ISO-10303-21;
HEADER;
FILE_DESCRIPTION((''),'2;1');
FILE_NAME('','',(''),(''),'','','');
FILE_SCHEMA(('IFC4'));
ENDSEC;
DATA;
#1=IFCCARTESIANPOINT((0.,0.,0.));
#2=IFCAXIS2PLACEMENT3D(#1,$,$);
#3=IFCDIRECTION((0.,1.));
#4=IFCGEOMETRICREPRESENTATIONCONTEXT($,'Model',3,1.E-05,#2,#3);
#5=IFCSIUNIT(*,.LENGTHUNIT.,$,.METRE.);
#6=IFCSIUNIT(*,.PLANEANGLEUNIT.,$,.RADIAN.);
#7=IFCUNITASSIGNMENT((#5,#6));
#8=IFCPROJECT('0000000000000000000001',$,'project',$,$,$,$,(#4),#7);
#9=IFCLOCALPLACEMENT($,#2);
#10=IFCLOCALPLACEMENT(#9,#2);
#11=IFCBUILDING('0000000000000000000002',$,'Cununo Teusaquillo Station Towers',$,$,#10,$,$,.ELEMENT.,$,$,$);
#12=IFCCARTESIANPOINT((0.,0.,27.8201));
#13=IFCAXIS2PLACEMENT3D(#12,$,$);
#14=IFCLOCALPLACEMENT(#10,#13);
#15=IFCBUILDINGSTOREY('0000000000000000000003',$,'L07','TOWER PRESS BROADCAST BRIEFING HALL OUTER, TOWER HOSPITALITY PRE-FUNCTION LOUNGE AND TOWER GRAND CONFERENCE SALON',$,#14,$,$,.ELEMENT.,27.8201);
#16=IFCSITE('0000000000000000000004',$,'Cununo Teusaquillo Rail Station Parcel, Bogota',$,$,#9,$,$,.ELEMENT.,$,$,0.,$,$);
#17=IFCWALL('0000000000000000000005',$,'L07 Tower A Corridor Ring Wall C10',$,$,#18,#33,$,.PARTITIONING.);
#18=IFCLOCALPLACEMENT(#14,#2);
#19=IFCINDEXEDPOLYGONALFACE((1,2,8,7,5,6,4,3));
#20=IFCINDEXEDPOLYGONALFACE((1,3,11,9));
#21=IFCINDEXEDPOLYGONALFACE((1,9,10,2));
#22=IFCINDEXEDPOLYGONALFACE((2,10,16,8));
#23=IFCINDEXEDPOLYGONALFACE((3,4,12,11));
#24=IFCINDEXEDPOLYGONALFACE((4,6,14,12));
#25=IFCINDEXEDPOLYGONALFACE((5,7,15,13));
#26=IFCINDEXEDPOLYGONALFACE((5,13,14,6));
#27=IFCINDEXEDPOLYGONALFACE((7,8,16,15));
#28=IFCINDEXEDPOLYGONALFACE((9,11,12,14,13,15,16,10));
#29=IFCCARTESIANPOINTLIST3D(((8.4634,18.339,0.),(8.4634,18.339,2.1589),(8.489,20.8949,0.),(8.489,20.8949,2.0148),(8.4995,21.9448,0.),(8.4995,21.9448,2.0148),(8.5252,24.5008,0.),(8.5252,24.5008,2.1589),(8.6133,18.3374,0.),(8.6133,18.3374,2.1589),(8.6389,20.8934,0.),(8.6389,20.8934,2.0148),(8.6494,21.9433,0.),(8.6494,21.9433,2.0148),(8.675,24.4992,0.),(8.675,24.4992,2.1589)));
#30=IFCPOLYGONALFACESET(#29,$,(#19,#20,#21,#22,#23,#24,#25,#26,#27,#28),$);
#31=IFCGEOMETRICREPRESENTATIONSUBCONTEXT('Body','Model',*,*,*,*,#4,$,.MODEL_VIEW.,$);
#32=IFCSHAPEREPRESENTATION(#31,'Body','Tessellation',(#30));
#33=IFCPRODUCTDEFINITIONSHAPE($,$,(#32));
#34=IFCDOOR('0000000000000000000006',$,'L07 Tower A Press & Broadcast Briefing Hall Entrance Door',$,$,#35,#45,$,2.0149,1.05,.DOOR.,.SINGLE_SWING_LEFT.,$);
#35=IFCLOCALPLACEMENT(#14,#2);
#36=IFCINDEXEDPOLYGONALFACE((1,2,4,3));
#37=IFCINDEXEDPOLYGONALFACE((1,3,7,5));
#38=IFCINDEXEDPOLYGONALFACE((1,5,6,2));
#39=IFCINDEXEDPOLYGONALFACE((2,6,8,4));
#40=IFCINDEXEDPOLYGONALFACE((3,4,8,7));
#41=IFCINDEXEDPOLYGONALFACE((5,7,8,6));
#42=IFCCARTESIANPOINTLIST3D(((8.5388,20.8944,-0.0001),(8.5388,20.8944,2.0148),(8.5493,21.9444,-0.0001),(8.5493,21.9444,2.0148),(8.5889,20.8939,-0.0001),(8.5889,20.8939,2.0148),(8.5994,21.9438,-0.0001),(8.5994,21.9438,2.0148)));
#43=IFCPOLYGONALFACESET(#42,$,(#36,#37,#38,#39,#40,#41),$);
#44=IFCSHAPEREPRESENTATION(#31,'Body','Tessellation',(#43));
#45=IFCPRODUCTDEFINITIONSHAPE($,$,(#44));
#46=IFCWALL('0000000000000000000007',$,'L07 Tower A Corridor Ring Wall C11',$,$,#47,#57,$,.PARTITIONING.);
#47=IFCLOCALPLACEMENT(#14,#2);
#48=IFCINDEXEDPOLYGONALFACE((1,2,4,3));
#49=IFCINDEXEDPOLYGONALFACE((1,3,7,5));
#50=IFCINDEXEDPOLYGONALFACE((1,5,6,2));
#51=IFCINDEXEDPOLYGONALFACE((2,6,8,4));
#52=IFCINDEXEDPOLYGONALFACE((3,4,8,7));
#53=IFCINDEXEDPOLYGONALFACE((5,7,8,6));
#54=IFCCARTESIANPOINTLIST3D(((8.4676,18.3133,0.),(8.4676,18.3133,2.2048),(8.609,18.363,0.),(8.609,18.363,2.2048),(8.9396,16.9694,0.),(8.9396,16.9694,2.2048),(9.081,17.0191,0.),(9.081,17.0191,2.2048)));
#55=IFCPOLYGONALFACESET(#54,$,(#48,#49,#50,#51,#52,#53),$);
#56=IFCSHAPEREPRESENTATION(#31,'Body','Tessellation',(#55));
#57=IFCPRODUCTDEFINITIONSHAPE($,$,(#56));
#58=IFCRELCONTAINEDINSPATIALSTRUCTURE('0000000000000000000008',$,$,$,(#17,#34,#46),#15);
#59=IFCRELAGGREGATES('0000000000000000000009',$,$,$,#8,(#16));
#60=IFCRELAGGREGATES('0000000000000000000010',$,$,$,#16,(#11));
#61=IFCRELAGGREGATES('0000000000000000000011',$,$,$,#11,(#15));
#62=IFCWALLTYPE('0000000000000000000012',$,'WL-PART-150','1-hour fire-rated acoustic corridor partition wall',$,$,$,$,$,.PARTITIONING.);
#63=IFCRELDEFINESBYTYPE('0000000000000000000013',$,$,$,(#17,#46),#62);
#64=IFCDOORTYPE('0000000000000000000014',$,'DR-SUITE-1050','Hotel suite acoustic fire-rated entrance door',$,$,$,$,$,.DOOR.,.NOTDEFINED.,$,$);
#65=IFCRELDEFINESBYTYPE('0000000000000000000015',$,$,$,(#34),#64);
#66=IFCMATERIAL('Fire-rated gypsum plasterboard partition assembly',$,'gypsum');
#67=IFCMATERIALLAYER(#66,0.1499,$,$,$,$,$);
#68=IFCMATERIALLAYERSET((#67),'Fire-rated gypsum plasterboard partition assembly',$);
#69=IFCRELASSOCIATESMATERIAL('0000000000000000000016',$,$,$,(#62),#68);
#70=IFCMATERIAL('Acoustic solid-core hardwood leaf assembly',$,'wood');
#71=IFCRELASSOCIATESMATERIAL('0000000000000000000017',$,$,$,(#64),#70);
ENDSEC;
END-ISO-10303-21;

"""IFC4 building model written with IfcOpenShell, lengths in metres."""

from ifc_helpers import new_model, si_unit, direction, frame, frame_2d, origin, place, context, subcontext, project, spatial, rectangle, extrude, source, transform, mapped, material, layer, layer_set, type_object, element, fill, save


model = new_model("IFC4")

# Units and contexts
model_context = context("Model", 3, precision=1e-05, world=origin(), true_north=direction((0.0, 1.0)))
body_context = subcontext(model_context, "Body", "Model", "MODEL_VIEW")
ifc_project = project(units=[si_unit("LENGTHUNIT", "METRE"), si_unit("PLANEANGLEUNIT", "RADIAN")], contexts=[model_context])

# Site, building, storey
site_placement = place(None, origin())
site = spatial("IfcSite", under=ifc_project, at=site_placement, Name="Cununo Teusaquillo Rail Station Parcel, Bogota", CompositionType="ELEMENT", RefElevation=0.0)
building_placement = place(site_placement, origin())
building = spatial("IfcBuilding", under=site, at=building_placement, Name="Cununo Teusaquillo Station Towers", CompositionType="ELEMENT")
storey_placement = place(building_placement, frame((0.0, 0.0, 27.8201)))
storey = spatial("IfcBuildingStorey", under=building, at=storey_placement, Name="L07", Description="TOWER PRESS BROADCAST BRIEFING HALL OUTER, TOWER HOSPITALITY PRE-FUNCTION LOUNGE AND TOWER GRAND CONFERENCE SALON", CompositionType="ELEMENT", Elevation=27.8201)

# Wall, opening, door
ifc_material_1 = material(Name="Fire-rated gypsum plasterboard partition assembly", Category="gypsum")
ifc_layer_1 = layer(ifc_material_1, 0.1499)
ifc_layer_set_1 = layer_set([ifc_layer_1], Name="Fire-rated gypsum plasterboard partition assembly")
wall_type_1 = type_object("IfcWallType", Name="WL-PART-150", Description="1-hour fire-rated acoustic corridor partition wall", PredefinedType="PARTITIONING", material=ifc_layer_set_1)
wall_1_placement = place(storey_placement, frame((8.6001, 24.5, 0.0), z_axis=(0.0, 0.0, 1.0), x_axis=(-0.010024, -0.99995, 0.0)))
wall_1 = element("IfcWall", 1, at=wall_1_placement, inside=storey, type_object=wall_type_1, Name="L07 Tower A Corridor Ring Wall C10", PredefinedType="PARTITIONING", context=body_context, shape_type="SweptSolid", body=[
    extrude(rectangle(XDim=6.1621, YDim=0.1499, at=frame_2d((3.0811, 0.0))), origin(), (0.0, 0.0, 1.0), 2.1589),
])
shared_shape_1 = source(origin(), body_context, "Body", "SweptSolid", [
    extrude(rectangle(XDim=1.05, YDim=2.0149, at=frame_2d((0.5249, 1.0073))), frame((0.0, 0.085, 0.0), z_axis=(0.0, -1.0, 0.0), x_axis=(1.0, 0.0, 0.0)), (0.0, 0.0, 1.0), 0.1699),
])
opening_1_placement = place(wall_1_placement, frame((2.5562, 0.0, 0.0)))
opening_1 = element("IfcOpeningElement", 2, at=opening_1_placement, cuts=wall_1, PredefinedType="OPENING", context=body_context, shape_type="MappedRepresentation", body=[
    mapped(shared_shape_1, transform((0.0, 0.0, 0.0), x_axis=(1.0, 0.0, 0.0), y_axis=(0.0, 1.0, 0.0), z_axis=(0.0, 0.0, 1.0), scale=1.0)),
])
ifc_material_2 = material(Name="Acoustic solid-core hardwood leaf assembly", Category="wood")
door_type_1 = type_object("IfcDoorType", Name="DR-SUITE-1050", Description="Hotel suite acoustic fire-rated entrance door", OperationType="NOTDEFINED", PredefinedType="DOOR", material=ifc_material_2)
shared_shape_2 = source(origin(), body_context, "Body", "SweptSolid", [
    extrude(rectangle(XDim=1.05, YDim=2.0149, at=frame_2d((0.5249, 1.0073))), frame((0.0, 0.0249, 0.0), z_axis=(0.0, -1.0, 0.0), x_axis=(1.0, 0.0, 0.0)), (0.0, 0.0, 1.0), 0.05),
])
door_1_placement = place(opening_1_placement, origin())
door_1 = element("IfcDoor", 3, at=door_1_placement, inside=storey, type_object=door_type_1, Name="L07 Tower A Press & Broadcast Briefing Hall Entrance Door", OperationType="SINGLE_SWING_LEFT", OverallHeight=2.0149, OverallWidth=1.05, PredefinedType="DOOR", context=body_context, shape_type="MappedRepresentation", body=[
    mapped(shared_shape_2, transform((0.0, 0.0, 0.0), x_axis=(1.0, 0.0, 0.0), y_axis=(0.0, 1.0, 0.0), z_axis=(0.0, 0.0, 1.0), scale=1.0)),
])
fill(opening_1, door_1)

# Wall
wall_2_placement = place(storey_placement, frame((8.5383, 18.3381, 0.0), z_axis=(0.0, 0.0, 1.0), x_axis=(0.331358, -0.943505, 0.0)))
element("IfcWall", 4, at=wall_2_placement, inside=storey, type_object=wall_type_1, Name="L07 Tower A Corridor Ring Wall C11", PredefinedType="PARTITIONING", context=body_context, shape_type="SweptSolid", body=[
    extrude(rectangle(XDim=1.4243, YDim=0.1499, at=frame_2d((0.7122, 0.0))), origin(), (0.0, 0.0, 1.0), 2.2048),
])

save(model, "model.ifc")
